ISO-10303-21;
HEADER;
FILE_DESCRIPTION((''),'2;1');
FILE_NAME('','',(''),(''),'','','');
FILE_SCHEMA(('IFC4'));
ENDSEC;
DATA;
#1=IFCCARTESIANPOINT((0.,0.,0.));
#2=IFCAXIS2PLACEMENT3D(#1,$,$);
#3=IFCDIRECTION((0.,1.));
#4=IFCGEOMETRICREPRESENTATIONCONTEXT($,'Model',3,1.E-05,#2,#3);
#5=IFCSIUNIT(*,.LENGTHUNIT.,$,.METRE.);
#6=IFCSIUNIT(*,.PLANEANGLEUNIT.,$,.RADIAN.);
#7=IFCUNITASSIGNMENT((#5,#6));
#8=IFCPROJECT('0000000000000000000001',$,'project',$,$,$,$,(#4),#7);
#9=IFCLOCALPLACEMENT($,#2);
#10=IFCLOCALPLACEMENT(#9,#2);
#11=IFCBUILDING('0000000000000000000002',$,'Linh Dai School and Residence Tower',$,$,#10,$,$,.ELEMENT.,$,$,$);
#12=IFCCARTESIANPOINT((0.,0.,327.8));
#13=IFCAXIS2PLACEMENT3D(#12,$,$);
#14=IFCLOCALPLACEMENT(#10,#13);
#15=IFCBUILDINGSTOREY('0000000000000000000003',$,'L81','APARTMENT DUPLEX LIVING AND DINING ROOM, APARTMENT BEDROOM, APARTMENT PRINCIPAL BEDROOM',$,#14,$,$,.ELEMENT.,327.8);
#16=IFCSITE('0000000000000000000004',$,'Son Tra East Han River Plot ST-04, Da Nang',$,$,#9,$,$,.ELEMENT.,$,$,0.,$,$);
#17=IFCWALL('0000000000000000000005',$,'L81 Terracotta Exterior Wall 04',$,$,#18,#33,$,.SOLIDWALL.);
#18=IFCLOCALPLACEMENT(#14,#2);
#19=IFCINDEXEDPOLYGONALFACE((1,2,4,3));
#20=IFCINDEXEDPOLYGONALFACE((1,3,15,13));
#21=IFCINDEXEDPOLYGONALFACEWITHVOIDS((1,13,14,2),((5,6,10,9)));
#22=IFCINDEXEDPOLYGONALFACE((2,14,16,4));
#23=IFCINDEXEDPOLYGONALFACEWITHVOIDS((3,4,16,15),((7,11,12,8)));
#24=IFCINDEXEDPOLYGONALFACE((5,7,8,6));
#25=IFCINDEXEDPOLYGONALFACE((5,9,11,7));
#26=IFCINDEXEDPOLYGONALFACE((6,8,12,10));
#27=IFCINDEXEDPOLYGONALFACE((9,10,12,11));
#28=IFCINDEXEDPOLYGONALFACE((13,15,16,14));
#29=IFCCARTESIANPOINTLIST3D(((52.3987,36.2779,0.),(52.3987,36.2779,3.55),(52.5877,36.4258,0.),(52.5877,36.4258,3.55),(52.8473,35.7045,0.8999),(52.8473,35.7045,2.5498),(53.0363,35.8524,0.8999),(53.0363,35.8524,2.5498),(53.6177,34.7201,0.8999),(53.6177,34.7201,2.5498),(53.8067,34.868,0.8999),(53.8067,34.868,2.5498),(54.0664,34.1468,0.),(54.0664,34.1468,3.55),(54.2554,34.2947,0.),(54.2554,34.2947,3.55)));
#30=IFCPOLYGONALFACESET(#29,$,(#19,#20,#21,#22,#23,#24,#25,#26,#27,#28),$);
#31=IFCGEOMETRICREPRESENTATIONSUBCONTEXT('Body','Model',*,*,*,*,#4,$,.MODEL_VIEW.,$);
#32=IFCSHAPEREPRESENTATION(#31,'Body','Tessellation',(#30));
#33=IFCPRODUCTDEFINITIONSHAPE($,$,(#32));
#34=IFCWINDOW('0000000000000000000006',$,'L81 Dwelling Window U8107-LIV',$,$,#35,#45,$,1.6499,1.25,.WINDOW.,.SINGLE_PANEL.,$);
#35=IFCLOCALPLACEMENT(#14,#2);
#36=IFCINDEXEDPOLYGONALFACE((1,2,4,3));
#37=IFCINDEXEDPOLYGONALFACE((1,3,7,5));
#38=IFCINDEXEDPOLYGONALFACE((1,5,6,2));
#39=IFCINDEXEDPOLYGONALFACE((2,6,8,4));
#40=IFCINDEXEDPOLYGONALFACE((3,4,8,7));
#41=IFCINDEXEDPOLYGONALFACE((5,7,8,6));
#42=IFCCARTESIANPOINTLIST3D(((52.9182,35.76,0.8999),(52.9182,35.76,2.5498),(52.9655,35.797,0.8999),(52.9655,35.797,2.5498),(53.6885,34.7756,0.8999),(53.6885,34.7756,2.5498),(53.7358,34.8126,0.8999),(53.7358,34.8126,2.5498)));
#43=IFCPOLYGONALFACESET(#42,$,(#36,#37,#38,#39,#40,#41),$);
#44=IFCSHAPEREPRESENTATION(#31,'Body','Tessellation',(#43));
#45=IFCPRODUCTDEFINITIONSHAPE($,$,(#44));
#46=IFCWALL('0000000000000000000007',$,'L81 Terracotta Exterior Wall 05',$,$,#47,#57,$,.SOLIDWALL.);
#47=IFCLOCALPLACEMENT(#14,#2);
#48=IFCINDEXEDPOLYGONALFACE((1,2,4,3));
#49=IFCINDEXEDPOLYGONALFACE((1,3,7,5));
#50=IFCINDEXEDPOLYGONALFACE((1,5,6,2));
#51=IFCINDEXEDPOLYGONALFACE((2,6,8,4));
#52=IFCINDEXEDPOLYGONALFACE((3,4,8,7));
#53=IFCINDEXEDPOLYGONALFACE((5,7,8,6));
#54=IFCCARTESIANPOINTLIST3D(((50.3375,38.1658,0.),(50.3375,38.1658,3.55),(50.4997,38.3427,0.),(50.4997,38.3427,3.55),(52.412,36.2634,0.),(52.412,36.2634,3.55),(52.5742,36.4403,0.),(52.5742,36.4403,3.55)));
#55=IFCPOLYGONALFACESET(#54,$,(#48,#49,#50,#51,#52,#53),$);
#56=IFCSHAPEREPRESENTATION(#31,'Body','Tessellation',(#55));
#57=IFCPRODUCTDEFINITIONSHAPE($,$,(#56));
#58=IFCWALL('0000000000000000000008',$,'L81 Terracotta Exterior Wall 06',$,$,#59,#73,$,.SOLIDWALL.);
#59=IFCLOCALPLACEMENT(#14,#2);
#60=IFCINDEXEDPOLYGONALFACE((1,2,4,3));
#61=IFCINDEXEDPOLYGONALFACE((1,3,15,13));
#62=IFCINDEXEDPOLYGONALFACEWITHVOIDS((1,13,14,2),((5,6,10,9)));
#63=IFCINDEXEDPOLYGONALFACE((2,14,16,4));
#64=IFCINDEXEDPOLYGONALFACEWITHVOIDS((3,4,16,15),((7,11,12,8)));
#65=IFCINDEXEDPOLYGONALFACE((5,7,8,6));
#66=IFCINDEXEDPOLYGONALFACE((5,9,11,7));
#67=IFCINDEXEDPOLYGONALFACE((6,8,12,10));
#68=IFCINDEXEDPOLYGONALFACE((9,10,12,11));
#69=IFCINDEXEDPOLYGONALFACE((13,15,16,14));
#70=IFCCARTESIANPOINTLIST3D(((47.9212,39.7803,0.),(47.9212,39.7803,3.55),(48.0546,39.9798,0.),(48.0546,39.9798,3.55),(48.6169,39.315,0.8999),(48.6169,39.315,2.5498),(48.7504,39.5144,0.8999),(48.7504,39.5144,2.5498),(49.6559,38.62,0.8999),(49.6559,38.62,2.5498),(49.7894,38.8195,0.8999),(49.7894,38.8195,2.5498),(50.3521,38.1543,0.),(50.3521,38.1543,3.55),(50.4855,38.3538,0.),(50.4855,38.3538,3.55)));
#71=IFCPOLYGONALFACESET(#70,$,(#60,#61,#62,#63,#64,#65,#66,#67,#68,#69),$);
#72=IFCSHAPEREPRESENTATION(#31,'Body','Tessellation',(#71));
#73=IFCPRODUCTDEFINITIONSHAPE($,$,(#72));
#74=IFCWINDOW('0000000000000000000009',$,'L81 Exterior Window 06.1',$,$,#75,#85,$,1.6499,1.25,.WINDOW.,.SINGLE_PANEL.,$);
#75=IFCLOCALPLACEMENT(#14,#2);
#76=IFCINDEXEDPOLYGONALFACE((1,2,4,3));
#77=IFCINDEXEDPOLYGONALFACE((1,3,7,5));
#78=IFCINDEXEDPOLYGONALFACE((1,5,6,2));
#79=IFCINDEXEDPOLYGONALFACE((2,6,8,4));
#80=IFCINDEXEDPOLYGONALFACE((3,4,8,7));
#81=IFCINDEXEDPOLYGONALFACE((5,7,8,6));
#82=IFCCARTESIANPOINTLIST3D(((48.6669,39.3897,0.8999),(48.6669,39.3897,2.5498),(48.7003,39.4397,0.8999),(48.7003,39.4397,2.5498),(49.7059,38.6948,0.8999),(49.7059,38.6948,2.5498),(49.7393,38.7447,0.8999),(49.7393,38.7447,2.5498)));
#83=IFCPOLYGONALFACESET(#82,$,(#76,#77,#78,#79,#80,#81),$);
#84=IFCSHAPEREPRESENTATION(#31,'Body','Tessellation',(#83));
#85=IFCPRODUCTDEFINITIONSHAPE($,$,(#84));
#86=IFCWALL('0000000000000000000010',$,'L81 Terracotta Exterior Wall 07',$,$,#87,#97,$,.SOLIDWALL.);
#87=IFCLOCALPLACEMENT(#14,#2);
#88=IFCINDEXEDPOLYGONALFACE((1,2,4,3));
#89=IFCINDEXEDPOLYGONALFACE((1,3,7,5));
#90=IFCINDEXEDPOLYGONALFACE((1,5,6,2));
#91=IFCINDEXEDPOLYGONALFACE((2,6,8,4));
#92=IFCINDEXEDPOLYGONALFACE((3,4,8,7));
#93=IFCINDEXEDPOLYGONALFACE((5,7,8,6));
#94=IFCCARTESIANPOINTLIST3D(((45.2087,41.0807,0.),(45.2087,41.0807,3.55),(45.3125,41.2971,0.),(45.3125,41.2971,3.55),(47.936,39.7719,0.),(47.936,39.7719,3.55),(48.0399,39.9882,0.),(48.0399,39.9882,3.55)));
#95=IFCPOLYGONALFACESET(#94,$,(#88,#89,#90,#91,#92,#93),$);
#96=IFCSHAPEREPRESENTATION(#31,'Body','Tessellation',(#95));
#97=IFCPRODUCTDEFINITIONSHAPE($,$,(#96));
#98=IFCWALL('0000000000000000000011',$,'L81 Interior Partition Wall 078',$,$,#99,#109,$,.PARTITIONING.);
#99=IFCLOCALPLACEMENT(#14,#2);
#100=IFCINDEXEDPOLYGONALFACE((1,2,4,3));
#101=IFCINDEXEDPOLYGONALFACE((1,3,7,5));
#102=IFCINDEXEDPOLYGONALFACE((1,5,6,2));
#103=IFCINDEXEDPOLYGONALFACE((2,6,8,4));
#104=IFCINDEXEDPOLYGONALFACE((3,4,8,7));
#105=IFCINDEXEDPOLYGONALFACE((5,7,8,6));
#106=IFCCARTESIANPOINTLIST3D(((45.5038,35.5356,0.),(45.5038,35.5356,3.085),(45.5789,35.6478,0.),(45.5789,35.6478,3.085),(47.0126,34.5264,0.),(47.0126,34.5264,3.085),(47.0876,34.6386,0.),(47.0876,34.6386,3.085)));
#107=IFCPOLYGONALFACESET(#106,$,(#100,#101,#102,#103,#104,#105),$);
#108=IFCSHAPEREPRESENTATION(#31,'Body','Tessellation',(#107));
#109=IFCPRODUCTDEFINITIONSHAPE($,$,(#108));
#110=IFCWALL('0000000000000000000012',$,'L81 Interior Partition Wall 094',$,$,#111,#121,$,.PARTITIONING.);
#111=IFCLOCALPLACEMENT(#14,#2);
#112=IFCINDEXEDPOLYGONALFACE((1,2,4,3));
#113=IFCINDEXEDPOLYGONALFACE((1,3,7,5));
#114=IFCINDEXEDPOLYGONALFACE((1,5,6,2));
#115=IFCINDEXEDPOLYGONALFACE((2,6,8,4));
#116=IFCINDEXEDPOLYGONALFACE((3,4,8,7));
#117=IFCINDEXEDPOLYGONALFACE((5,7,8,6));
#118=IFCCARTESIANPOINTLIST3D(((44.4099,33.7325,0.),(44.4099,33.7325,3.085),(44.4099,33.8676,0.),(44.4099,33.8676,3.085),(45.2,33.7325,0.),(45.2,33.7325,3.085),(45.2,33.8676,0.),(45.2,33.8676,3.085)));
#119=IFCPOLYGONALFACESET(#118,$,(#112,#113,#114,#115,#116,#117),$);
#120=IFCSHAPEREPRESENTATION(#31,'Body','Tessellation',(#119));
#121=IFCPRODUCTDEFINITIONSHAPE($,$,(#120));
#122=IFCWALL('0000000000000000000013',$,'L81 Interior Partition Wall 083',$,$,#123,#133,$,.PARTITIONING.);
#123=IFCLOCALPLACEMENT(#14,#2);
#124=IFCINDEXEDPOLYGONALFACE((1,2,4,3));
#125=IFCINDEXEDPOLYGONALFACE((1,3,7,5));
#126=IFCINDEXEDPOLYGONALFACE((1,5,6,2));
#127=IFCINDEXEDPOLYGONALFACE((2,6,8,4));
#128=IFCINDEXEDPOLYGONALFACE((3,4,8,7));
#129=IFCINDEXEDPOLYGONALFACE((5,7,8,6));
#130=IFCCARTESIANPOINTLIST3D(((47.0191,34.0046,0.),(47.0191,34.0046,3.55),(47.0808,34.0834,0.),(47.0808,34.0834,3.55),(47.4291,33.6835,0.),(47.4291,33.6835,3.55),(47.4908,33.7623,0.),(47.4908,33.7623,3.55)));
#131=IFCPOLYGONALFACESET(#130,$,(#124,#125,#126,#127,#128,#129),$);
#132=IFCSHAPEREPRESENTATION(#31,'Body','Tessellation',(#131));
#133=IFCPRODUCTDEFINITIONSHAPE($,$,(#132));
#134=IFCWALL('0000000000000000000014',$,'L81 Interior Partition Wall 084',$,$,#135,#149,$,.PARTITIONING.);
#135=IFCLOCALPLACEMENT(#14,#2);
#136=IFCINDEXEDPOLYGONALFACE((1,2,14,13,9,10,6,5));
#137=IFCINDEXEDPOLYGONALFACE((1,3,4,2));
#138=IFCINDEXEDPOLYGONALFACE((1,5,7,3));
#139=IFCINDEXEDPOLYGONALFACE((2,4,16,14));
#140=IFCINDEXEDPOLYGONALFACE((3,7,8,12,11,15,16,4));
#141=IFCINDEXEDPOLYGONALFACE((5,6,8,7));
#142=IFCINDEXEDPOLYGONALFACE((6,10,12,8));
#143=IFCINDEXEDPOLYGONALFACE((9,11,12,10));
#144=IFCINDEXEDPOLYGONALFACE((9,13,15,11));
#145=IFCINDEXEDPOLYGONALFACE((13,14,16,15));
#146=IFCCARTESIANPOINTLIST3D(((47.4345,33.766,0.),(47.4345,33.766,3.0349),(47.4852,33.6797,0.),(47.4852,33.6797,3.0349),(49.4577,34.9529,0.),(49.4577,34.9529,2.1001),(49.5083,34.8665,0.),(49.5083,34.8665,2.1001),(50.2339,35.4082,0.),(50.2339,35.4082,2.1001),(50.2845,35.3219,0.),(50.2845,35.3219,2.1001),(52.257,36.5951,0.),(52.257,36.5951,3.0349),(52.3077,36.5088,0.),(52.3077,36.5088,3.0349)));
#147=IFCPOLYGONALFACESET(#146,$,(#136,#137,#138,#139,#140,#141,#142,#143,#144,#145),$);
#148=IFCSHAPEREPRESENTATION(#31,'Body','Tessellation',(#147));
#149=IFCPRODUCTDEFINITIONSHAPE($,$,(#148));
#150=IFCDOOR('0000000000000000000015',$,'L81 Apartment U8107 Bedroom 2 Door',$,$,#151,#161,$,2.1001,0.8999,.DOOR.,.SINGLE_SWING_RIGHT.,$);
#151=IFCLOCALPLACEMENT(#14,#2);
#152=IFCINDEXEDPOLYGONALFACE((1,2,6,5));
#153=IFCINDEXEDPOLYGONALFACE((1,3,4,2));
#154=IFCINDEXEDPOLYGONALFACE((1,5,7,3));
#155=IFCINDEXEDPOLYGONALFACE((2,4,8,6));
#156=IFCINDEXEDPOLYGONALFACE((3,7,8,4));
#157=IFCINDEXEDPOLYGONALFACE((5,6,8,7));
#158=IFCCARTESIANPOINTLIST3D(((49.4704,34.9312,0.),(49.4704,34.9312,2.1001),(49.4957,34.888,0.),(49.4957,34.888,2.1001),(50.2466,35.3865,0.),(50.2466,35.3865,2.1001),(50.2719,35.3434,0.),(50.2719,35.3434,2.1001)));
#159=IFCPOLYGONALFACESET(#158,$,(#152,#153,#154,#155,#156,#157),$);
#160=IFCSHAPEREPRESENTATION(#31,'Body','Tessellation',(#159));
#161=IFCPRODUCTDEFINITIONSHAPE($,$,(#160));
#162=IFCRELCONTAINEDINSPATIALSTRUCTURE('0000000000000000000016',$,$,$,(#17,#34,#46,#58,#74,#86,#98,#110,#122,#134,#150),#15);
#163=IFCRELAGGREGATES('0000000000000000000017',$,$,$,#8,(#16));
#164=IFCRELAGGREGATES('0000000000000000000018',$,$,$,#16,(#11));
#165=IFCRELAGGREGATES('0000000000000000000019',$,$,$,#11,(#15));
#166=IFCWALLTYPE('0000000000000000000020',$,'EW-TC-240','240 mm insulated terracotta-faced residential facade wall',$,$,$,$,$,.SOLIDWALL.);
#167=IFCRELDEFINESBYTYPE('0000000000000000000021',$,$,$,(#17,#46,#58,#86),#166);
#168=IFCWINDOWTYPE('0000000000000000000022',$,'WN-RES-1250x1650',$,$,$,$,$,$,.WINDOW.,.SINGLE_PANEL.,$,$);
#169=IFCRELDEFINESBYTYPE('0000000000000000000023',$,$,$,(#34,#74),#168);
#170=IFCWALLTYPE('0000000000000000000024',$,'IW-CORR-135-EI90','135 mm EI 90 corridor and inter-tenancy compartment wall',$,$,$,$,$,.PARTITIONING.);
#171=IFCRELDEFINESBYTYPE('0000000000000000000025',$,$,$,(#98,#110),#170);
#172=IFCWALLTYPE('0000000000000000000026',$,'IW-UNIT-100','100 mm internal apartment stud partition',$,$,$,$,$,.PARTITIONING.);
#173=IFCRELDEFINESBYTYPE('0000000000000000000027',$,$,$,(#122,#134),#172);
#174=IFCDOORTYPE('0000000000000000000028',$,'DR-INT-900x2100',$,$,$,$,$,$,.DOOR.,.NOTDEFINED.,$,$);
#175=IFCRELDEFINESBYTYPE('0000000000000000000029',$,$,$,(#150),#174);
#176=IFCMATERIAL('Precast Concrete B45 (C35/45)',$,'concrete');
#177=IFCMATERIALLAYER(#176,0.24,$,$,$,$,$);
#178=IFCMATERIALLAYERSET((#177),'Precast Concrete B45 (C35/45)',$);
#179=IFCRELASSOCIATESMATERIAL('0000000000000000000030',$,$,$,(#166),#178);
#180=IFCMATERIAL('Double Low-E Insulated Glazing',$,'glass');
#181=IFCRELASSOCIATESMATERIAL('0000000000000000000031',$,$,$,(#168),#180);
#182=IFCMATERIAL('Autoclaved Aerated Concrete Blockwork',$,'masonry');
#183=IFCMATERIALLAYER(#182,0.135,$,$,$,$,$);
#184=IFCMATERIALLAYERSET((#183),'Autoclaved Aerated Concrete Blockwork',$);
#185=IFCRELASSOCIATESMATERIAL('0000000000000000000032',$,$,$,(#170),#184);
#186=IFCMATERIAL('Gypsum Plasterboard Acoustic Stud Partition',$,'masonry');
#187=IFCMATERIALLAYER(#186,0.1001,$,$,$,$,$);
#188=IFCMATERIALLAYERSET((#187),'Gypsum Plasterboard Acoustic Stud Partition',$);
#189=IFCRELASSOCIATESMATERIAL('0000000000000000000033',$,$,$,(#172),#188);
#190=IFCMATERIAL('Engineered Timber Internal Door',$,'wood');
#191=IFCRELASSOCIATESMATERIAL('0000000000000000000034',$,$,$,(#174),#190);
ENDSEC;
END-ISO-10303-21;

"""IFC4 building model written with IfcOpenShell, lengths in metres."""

from ifc_helpers import new_model, si_unit, direction, frame, frame_2d, origin, origin_2d, place, context, subcontext, project, spatial, rectangle, extrude, source, transform, mapped, material, layer, layer_set, type_object, element, fill, save


model = new_model("IFC4")

# Units and contexts
model_context = context("Model", 3, precision=1e-05, world=origin(), true_north=direction((0.0, 1.0)))
body_context = subcontext(model_context, "Body", "Model", "MODEL_VIEW")
ifc_project = project(units=[si_unit("LENGTHUNIT", "METRE"), si_unit("PLANEANGLEUNIT", "RADIAN")], contexts=[model_context])

# Site, building, storey
site_placement = place(None, origin())
site = spatial("IfcSite", under=ifc_project, at=site_placement, Name="Son Tra East Han River Plot ST-04, Da Nang", CompositionType="ELEMENT", RefElevation=0.0)
building_placement = place(site_placement, origin())
building = spatial("IfcBuilding", under=site, at=building_placement, Name="Linh Dai School and Residence Tower", CompositionType="ELEMENT")
storey_placement = place(building_placement, frame((0.0, 0.0, 327.8)))
storey = spatial("IfcBuildingStorey", under=building, at=storey_placement, Name="L81", Description="APARTMENT DUPLEX LIVING AND DINING ROOM, APARTMENT BEDROOM, APARTMENT PRINCIPAL BEDROOM", CompositionType="ELEMENT", Elevation=327.8)

# Shared definitions
ifc_material_1 = material(Name="Precast Concrete B45 (C35/45)", Category="concrete")

# Shared definitions
ifc_material_2 = material(Name="Double Low-E Insulated Glazing", Category="glass")

# Shared definitions
ifc_layer_1 = layer(ifc_material_1, 0.24)
ifc_layer_set_1 = layer_set([ifc_layer_1], Name="Precast Concrete B45 (C35/45)")
wall_type_1 = type_object("IfcWallType", Name="EW-TC-240", Description="240 mm insulated terracotta-faced residential facade wall", PredefinedType="SOLIDWALL", material=ifc_layer_set_1)

# Wall, opening, window
wall_1_placement = place(storey_placement, frame((52.4932, 36.3518, 0.0), z_axis=(0.0, 0.0, 1.0), x_axis=(0.616286, -0.787522, 0.0)))
wall_1 = element("IfcWall", 1, at=wall_1_placement, inside=storey, type_object=wall_type_1, Name="L81 Terracotta Exterior Wall 04", PredefinedType="SOLIDWALL", context=body_context, shape_type="SweptSolid", body=[
    extrude(rectangle(XDim=2.7061, YDim=0.24, at=frame_2d((1.353, 0.0))), origin(), (0.0, 0.0, 1.0), 3.55),
])
opening_1_placement = place(wall_1_placement, frame((0.728, 0.0, 0.8999)))
opening_1 = element("IfcOpeningElement", 2, at=opening_1_placement, cuts=wall_1, PredefinedType="OPENING", context=body_context, shape_type="SweptSolid", body=[
    extrude(rectangle(XDim=1.25, YDim=1.6499, at=origin_2d()), frame((0.625, 0.1299, 0.825), z_axis=(0.0, -1.0, 0.0), x_axis=(1.0, 0.0, 0.0)), (0.0, 0.0, 1.0), 0.26),
])
window_type = type_object("IfcWindowType", Name="WN-RES-1250x1650", PartitioningType="SINGLE_PANEL", PredefinedType="WINDOW", material=ifc_material_2)
shared_shape_1 = source(origin(), body_context, "Body", "SweptSolid", [
    extrude(rectangle(XDim=1.25, YDim=1.6499, at=origin_2d()), frame((0.625, 0.03, 0.825), z_axis=(0.0, -1.0, 0.0), x_axis=(1.0, 0.0, 0.0)), (0.0, 0.0, 1.0), 0.0601),
])
window_1_placement = place(opening_1_placement, origin())
window_1 = element("IfcWindow", 3, at=window_1_placement, inside=storey, type_object=window_type, Name="L81 Dwelling Window U8107-LIV", OverallHeight=1.6499, OverallWidth=1.25, PartitioningType="SINGLE_PANEL", PredefinedType="WINDOW", context=body_context, shape_type="MappedRepresentation", body=[
    mapped(shared_shape_1, transform((0.0, 0.0, 0.0), x_axis=(1.0, 0.0, 0.0), y_axis=(0.0, 1.0, 0.0), z_axis=(0.0, 0.0, 1.0), scale=1.0)),
])
fill(opening_1, window_1)

# Wall
wall_2_placement = place(storey_placement, frame((50.4187, 38.2542, 0.0), z_axis=(0.0, 0.0, 1.0), x_axis=(0.737021, -0.67587, 0.0)))
element("IfcWall", 4, at=wall_2_placement, inside=storey, type_object=wall_type_1, Name="L81 Terracotta Exterior Wall 05", PredefinedType="SOLIDWALL", context=body_context, shape_type="SweptSolid", body=[
    extrude(rectangle(XDim=2.8147, YDim=0.24, at=frame_2d((1.4072, 0.0))), origin(), (0.0, 0.0, 1.0), 3.55),
])

# Wall, opening, window
wall_3_placement = place(storey_placement, frame((47.9878, 39.8801, 0.0), z_axis=(0.0, 0.0, 1.0), x_axis=(0.831202, -0.555971, 0.0)))
wall_3 = element("IfcWall", 5, at=wall_3_placement, inside=storey, type_object=wall_type_1, Name="L81 Terracotta Exterior Wall 06", PredefinedType="SOLIDWALL", context=body_context, shape_type="SweptSolid", body=[
    extrude(rectangle(XDim=2.9246, YDim=0.24, at=frame_2d((1.4624, 0.0))), origin(), (0.0, 0.0, 1.0), 3.55),
])
opening_2_placement = place(wall_3_placement, frame((0.8372, 0.0, 0.8999)))
opening_2 = element("IfcOpeningElement", 6, at=opening_2_placement, cuts=wall_3, PredefinedType="OPENING", context=body_context, shape_type="SweptSolid", body=[
    extrude(rectangle(XDim=1.25, YDim=1.6499, at=origin_2d()), frame((0.625, 0.1299, 0.825), z_axis=(0.0, -1.0, 0.0), x_axis=(1.0, 0.0, 0.0)), (0.0, 0.0, 1.0), 0.26),
])
window_2_placement = place(opening_2_placement, origin())
window_2 = element("IfcWindow", 7, at=window_2_placement, inside=storey, type_object=window_type, Name="L81 Exterior Window 06.1", OverallHeight=1.6499, OverallWidth=1.25, PartitioningType="SINGLE_PANEL", PredefinedType="WINDOW", context=body_context, shape_type="MappedRepresentation", body=[
    mapped(shared_shape_1, transform((0.0, 0.0, 0.0), x_axis=(1.0, 0.0, 0.0), y_axis=(0.0, 1.0, 0.0), z_axis=(0.0, 0.0, 1.0), scale=1.0)),
])
fill(opening_2, window_2)

# Walls
wall_4_placement = place(storey_placement, frame((45.2605, 41.189, 0.0), z_axis=(0.0, 0.0, 1.0), x_axis=(0.901557, -0.43266, 0.0)))
element("IfcWall", 8, at=wall_4_placement, inside=storey, type_object=wall_type_1, Name="L81 Terracotta Exterior Wall 07", PredefinedType="SOLIDWALL", context=body_context, shape_type="SweptSolid", body=[
    extrude(rectangle(XDim=3.0251, YDim=0.24, at=frame_2d((1.5127, 0.0))), origin(), (0.0, 0.0, 1.0), 3.55),
])
ifc_material_3 = material(Name="Autoclaved Aerated Concrete Blockwork", Category="masonry")
ifc_layer_2 = layer(ifc_material_3, 0.135)
ifc_layer_set_2 = layer_set([ifc_layer_2], Name="Autoclaved Aerated Concrete Blockwork")
wall_type_2 = type_object("IfcWallType", Name="IW-CORR-135-EI90", Description="135 mm EI 90 corridor and inter-tenancy compartment wall", PredefinedType="PARTITIONING", material=ifc_layer_set_2)
wall_5_placement = place(storey_placement, frame((45.5413, 35.5918, 0.0), z_axis=(0.0, 0.0, 1.0), x_axis=(0.83118, -0.556003, 0.0)))
element("IfcWall", 9, at=wall_5_placement, inside=storey, type_object=wall_type_2, Name="L81 Interior Partition Wall 078", PredefinedType="PARTITIONING", context=body_context, shape_type="SweptSolid", body=[
    extrude(rectangle(XDim=1.8152, YDim=0.135, at=frame_2d((0.9077, 0.0))), origin(), (0.0, 0.0, 1.0), 3.085),
])
wall_6_placement = place(storey_placement, frame((45.2, 33.8, 0.0), z_axis=(0.0, 0.0, 1.0), x_axis=(-1.0, 0.0, 0.0)))
element("IfcWall", 10, at=wall_6_placement, inside=storey, type_object=wall_type_2, Name="L81 Interior Partition Wall 094", PredefinedType="PARTITIONING", context=body_context, shape_type="SweptSolid", body=[
    extrude(rectangle(XDim=0.79, YDim=0.135, at=frame_2d((0.395, 0.0))), origin(), (0.0, 0.0, 1.0), 3.085),
])
ifc_material_4 = material(Name="Gypsum Plasterboard Acoustic Stud Partition", Category="masonry")
ifc_layer_3 = layer(ifc_material_4, 0.1001)
ifc_layer_set_3 = layer_set([ifc_layer_3], Name="Gypsum Plasterboard Acoustic Stud Partition")
wall_type_3 = type_object("IfcWallType", Name="IW-UNIT-100", Description="100 mm internal apartment stud partition", PredefinedType="PARTITIONING", material=ifc_layer_set_3)
wall_7_placement = place(storey_placement, frame((47.05, 34.0439, 0.0), z_axis=(0.0, 0.0, 1.0), x_axis=(0.787277, -0.616599, 0.0)))
element("IfcWall", 11, at=wall_7_placement, inside=storey, type_object=wall_type_3, Name="L81 Interior Partition Wall 083", PredefinedType="PARTITIONING", context=body_context, shape_type="SweptSolid", body=[
    extrude(rectangle(XDim=0.5208, YDim=0.1001, at=frame_2d((0.2603, 0.0))), origin(), (0.0, 0.0, 1.0), 3.55),
])

# Wall, opening, door
wall_8_placement = place(storey_placement, frame((47.46, 33.7229, 0.0), z_axis=(0.0, 0.0, 1.0), x_axis=(0.862533, 0.506001, 0.0)))
wall_8 = element("IfcWall", 12, at=wall_8_placement, inside=storey, type_object=wall_type_3, Name="L81 Interior Partition Wall 084", PredefinedType="PARTITIONING", context=body_context, shape_type="SweptSolid", body=[
    extrude(rectangle(XDim=5.5911, YDim=0.1001, at=frame_2d((2.7954, 0.0))), origin(), (0.0, 0.0, 1.0), 3.0349),
])
opening_3_placement = place(wall_8_placement, frame((2.3455, 0.0, 0.0)))
opening_3 = element("IfcOpeningElement", 13, at=opening_3_placement, cuts=wall_8, PredefinedType="OPENING", context=body_context, shape_type="SweptSolid", body=[
    extrude(rectangle(XDim=0.8999, YDim=2.1001, at=origin_2d()), frame((0.45, 0.0601, 1.05), z_axis=(0.0, -1.0, 0.0), x_axis=(1.0, 0.0, 0.0)), (0.0, 0.0, 1.0), 0.1201),
])
ifc_material_5 = material(Name="Engineered Timber Internal Door", Category="wood")
door_type = type_object("IfcDoorType", Name="DR-INT-900x2100", OperationType="NOTDEFINED", PredefinedType="DOOR", material=ifc_material_5)
shared_shape_2 = source(origin(), body_context, "Body", "SweptSolid", [
    extrude(rectangle(XDim=0.8999, YDim=2.1001, at=origin_2d()), frame((0.45, 0.0249, 1.05), z_axis=(0.0, -1.0, 0.0), x_axis=(1.0, 0.0, 0.0)), (0.0, 0.0, 1.0), 0.05),
])
door_placement = place(opening_3_placement, origin())
door = element("IfcDoor", 14, at=door_placement, inside=storey, type_object=door_type, Name="L81 Apartment U8107 Bedroom 2 Door", OperationType="SINGLE_SWING_RIGHT", OverallHeight=2.1001, OverallWidth=0.8999, PredefinedType="DOOR", context=body_context, shape_type="MappedRepresentation", body=[
    mapped(shared_shape_2, transform((0.0, 0.0, 0.0), x_axis=(1.0, 0.0, 0.0), y_axis=(0.0, 1.0, 0.0), z_axis=(0.0, 0.0, 1.0), scale=1.0)),
])
fill(opening_3, door)

save(model, "model.ifc")
